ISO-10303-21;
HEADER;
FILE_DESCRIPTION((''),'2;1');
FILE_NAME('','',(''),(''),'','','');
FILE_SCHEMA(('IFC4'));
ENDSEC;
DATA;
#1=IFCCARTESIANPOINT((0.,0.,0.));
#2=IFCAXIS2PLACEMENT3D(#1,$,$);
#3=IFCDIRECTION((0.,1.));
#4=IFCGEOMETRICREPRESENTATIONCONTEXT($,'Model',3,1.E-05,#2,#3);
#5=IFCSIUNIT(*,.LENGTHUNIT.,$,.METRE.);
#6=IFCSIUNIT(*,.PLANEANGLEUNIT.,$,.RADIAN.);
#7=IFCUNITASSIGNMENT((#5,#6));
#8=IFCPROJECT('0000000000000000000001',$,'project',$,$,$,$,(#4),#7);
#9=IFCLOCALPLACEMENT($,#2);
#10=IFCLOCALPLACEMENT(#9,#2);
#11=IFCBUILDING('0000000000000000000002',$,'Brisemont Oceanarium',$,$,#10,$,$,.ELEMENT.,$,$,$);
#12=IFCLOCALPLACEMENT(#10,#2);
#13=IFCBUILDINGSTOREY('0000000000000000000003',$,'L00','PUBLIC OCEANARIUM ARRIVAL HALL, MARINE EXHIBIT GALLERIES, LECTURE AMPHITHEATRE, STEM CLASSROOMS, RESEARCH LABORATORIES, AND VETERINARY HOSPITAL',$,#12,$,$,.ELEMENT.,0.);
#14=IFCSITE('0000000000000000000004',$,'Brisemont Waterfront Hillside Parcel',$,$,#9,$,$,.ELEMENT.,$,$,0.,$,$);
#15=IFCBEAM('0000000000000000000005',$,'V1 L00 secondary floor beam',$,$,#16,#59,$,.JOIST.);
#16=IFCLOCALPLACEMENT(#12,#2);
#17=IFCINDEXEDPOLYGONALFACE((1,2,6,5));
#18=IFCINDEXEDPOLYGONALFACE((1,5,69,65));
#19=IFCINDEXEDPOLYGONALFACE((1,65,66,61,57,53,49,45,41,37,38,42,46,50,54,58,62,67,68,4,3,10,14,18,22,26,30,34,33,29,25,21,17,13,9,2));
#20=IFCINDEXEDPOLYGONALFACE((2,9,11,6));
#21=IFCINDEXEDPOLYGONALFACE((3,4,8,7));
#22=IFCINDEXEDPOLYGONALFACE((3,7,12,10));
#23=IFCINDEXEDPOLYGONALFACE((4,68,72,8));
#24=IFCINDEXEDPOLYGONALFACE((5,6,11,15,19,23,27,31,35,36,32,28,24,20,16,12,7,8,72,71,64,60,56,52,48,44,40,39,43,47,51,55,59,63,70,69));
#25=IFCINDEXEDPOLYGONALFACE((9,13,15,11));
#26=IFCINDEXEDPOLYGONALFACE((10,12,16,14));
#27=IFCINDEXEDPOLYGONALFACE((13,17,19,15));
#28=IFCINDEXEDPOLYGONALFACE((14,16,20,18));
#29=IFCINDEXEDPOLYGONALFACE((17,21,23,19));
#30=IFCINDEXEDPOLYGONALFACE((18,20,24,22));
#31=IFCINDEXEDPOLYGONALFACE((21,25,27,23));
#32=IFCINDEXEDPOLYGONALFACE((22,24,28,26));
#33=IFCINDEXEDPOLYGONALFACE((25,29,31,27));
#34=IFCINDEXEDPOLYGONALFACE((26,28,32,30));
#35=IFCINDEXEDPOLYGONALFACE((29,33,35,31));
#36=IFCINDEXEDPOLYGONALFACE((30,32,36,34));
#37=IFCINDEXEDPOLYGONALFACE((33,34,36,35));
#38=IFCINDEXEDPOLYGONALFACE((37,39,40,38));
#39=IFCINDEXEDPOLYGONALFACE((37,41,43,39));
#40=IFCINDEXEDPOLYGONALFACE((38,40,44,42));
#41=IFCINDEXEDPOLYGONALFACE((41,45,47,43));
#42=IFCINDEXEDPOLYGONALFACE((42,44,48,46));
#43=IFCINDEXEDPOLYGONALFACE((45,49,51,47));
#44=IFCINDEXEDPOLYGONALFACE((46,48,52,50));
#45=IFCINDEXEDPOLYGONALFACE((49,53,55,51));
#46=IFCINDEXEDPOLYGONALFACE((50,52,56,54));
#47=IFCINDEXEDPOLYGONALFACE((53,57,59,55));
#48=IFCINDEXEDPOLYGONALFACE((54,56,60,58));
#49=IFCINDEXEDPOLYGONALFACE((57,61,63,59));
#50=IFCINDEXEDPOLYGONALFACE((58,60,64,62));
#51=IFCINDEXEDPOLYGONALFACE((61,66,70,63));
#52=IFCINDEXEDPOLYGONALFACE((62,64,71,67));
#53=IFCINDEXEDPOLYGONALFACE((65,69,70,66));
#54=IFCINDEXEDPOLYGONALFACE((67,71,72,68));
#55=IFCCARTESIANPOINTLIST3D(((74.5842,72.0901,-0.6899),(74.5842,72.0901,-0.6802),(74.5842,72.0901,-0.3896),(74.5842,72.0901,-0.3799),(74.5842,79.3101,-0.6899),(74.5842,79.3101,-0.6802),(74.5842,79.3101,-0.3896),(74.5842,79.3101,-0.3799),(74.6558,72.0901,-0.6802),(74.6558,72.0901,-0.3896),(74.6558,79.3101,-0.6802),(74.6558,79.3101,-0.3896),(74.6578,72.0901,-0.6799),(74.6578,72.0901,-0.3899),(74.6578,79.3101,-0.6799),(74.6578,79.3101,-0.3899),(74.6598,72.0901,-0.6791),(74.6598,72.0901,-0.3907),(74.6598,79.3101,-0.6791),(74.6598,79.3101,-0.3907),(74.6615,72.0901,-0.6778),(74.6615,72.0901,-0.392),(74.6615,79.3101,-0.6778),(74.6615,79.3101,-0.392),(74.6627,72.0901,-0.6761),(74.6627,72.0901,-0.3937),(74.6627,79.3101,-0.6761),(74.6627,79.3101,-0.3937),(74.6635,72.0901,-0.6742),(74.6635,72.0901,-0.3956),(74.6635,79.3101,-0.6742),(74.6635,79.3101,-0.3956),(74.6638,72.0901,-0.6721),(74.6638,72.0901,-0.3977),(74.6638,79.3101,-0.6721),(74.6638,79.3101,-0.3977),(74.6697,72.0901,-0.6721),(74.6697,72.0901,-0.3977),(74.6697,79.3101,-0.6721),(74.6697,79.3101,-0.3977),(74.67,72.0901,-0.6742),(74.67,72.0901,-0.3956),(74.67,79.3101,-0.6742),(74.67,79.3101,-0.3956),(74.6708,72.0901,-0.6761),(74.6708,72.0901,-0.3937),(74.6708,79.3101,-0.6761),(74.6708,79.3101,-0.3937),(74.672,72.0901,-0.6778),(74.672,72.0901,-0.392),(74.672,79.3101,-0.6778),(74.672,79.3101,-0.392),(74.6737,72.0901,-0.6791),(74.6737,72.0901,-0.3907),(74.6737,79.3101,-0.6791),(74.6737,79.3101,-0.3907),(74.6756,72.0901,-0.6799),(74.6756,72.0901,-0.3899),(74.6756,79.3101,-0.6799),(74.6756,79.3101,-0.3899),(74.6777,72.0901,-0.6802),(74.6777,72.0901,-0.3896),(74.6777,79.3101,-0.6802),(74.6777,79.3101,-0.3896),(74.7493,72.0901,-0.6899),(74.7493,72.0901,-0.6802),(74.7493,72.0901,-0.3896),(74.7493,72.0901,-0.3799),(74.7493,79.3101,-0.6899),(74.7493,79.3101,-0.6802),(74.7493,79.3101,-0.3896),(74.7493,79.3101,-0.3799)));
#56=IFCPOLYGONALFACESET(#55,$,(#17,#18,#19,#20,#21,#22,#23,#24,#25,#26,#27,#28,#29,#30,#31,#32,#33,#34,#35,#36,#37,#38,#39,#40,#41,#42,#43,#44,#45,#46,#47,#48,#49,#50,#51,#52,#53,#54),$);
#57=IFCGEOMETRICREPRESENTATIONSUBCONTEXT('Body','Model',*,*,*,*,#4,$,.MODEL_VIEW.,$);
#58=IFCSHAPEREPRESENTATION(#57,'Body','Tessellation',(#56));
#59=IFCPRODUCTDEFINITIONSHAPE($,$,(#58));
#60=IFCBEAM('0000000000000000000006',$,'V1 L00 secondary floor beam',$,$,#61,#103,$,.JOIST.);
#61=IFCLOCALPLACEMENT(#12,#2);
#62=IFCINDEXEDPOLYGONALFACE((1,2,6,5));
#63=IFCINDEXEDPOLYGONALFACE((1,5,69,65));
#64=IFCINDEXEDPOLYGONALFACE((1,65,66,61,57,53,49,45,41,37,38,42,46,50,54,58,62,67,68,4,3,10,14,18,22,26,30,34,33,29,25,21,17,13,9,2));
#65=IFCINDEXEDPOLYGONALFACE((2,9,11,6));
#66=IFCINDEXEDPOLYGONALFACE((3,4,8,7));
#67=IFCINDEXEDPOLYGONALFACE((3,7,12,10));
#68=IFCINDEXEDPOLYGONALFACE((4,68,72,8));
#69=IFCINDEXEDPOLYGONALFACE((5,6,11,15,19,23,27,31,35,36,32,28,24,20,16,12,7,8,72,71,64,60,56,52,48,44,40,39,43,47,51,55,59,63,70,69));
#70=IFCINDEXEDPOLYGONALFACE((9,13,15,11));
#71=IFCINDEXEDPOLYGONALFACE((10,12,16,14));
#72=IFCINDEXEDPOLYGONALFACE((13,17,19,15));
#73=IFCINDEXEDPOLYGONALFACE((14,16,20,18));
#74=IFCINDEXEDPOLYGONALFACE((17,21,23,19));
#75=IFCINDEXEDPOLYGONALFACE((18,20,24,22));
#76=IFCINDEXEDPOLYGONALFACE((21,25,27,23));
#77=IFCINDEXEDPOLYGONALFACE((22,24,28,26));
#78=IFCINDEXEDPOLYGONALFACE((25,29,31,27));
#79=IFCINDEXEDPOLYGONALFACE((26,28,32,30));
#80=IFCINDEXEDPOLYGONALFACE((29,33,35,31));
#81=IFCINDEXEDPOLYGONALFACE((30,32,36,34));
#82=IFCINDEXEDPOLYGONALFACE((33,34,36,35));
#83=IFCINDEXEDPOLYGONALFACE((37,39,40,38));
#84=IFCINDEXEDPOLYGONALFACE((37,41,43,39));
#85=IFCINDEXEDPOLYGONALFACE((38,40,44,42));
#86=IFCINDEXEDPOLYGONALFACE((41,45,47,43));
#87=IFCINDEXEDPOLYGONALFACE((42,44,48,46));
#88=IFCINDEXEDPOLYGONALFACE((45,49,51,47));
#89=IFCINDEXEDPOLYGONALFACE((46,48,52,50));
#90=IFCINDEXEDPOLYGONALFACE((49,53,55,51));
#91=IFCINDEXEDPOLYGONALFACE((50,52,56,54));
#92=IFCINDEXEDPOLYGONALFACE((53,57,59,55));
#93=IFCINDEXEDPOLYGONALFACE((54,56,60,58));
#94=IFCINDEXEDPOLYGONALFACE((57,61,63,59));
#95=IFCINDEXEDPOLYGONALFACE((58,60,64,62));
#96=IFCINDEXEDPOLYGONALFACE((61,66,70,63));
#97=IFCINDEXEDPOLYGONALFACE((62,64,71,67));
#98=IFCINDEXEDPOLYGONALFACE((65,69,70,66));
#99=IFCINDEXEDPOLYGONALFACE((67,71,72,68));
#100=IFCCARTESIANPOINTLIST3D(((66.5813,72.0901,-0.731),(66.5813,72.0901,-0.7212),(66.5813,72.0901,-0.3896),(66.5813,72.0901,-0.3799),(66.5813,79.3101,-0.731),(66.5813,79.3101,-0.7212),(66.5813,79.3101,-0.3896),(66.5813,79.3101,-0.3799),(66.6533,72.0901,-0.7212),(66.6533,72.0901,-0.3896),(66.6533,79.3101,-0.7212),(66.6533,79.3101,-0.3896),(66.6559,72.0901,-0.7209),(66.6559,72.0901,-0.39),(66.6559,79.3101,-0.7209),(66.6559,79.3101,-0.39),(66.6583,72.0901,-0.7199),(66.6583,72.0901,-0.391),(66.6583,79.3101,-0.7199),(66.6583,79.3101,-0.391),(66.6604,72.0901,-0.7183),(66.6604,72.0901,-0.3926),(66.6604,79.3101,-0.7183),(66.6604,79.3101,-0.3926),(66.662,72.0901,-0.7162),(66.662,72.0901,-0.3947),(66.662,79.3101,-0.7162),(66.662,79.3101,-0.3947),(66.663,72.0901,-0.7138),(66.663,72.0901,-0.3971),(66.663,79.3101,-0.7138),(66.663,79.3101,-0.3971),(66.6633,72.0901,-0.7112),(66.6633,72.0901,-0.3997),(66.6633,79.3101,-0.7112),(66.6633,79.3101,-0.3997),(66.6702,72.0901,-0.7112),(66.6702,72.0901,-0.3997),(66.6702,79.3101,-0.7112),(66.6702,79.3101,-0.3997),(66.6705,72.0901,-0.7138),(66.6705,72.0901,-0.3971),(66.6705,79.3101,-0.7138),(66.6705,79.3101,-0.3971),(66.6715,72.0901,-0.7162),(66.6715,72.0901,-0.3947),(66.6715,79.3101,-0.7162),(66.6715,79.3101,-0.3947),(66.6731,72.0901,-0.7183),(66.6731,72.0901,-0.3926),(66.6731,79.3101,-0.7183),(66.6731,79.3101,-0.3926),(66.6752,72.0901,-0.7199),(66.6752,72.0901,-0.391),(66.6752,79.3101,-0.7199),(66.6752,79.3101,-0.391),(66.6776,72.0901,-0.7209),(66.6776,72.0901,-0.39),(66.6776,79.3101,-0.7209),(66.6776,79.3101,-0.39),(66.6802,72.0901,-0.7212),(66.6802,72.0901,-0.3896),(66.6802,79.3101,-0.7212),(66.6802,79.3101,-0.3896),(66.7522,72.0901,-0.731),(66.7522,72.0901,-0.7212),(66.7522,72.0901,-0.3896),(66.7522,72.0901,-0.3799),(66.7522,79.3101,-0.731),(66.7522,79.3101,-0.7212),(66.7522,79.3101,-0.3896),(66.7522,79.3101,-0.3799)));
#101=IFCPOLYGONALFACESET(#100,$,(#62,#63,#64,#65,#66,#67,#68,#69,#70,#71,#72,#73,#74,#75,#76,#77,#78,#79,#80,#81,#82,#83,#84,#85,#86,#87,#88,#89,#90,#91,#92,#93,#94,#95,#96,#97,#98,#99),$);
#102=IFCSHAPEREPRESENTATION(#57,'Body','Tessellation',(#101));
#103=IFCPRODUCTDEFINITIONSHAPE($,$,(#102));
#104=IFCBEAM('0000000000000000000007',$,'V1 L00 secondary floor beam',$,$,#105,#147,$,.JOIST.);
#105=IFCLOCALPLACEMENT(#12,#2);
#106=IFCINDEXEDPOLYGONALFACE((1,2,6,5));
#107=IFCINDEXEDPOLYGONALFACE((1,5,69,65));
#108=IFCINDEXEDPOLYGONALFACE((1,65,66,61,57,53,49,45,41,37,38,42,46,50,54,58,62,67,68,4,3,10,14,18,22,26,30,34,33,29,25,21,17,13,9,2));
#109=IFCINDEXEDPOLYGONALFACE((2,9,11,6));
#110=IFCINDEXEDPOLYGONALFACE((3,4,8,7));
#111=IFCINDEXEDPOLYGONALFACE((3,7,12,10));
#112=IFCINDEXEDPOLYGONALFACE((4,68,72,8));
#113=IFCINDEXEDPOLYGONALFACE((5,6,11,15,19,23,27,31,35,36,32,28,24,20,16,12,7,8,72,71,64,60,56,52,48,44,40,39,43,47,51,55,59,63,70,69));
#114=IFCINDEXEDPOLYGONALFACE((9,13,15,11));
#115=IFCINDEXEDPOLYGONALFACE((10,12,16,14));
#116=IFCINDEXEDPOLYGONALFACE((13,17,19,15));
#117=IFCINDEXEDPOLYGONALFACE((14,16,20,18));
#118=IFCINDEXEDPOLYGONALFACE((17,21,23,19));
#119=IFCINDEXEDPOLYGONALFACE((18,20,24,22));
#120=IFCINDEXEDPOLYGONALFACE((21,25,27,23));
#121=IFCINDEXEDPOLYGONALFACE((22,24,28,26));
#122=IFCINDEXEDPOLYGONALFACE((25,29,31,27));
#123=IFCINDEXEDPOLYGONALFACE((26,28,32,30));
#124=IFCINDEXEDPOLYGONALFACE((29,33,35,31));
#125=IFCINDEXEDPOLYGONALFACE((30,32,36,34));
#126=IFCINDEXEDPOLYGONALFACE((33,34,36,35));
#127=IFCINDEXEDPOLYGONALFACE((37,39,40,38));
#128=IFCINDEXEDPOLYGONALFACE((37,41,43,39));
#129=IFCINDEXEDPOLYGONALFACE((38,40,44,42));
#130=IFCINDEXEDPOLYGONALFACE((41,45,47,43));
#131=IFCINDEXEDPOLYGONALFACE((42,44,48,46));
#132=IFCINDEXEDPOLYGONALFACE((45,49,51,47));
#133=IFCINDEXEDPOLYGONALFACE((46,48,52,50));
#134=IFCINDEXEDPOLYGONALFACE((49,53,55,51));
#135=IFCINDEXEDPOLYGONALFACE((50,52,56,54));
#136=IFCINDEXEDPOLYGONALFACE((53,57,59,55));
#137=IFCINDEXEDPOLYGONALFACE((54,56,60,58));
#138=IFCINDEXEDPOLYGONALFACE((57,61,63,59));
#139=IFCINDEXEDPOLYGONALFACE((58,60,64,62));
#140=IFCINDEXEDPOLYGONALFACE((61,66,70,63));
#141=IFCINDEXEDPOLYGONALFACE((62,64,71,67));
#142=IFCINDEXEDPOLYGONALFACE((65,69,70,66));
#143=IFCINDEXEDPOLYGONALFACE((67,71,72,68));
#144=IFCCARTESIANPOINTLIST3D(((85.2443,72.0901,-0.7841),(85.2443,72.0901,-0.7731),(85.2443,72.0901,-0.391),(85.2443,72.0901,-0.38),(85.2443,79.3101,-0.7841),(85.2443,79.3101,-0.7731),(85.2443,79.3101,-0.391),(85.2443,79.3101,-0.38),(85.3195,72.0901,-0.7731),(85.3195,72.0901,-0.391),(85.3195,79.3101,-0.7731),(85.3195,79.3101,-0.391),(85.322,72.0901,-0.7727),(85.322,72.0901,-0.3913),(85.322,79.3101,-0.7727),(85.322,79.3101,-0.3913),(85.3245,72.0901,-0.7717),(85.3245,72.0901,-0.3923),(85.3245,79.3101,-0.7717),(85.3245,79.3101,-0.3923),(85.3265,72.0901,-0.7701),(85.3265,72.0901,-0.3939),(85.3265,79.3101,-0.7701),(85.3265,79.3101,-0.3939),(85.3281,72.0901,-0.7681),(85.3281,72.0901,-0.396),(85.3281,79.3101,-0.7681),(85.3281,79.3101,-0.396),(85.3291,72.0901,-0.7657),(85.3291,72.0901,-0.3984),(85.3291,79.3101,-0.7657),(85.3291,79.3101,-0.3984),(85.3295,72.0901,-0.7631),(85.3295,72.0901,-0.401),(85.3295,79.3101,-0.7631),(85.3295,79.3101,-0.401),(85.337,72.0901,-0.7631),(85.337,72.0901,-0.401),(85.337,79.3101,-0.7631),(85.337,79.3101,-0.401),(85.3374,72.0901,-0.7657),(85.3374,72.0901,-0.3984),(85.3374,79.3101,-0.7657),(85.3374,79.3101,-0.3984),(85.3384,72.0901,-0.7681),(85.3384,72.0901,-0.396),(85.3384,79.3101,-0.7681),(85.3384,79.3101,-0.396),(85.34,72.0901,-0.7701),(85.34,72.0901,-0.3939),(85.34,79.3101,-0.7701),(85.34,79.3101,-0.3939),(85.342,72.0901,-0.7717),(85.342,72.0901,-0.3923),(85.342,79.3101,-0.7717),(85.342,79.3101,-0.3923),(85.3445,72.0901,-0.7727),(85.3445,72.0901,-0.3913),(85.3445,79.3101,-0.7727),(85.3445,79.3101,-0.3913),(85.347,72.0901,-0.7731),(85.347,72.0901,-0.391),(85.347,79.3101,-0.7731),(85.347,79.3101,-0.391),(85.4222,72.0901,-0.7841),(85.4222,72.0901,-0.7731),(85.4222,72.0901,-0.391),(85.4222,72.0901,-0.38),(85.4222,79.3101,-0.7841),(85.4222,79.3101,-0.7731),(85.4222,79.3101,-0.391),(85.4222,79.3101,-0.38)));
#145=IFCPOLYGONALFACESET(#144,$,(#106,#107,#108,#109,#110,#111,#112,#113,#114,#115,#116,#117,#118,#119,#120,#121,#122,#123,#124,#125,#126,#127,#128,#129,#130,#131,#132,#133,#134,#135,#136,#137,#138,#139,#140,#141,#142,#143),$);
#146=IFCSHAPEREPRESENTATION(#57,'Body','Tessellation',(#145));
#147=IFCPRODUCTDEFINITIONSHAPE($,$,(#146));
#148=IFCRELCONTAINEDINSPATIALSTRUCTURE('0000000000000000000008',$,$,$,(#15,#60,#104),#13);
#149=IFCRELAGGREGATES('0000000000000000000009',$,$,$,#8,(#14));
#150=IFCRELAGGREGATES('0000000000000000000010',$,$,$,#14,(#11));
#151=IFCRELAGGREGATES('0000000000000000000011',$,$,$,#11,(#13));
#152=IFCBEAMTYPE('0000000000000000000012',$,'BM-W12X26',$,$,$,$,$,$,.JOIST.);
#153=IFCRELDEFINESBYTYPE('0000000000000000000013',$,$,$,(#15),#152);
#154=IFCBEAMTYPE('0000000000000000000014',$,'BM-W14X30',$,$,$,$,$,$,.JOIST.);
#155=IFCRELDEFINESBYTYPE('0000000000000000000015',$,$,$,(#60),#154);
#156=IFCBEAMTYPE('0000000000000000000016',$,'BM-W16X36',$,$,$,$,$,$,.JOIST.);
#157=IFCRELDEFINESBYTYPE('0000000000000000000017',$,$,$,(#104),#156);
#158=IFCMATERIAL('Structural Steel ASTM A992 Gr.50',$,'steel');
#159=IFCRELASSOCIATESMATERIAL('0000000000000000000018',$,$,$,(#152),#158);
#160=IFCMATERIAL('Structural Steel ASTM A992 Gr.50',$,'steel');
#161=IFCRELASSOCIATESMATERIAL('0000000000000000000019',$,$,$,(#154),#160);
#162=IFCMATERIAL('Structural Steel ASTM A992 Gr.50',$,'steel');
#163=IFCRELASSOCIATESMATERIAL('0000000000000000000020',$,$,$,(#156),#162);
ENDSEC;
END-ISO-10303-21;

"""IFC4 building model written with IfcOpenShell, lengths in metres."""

from ifc_helpers import new_model, si_unit, direction, frame, origin, origin_2d, place, context, subcontext, project, spatial, i_section, extrude, material, material_profile, profile_set, type_object, element, save


model = new_model("IFC4")

# Units and contexts
model_context = context("Model", 3, precision=1e-05, world=origin(), true_north=direction((0.0, 1.0)))
body_context = subcontext(model_context, "Body", "Model", "MODEL_VIEW")
ifc_project = project(units=[si_unit("LENGTHUNIT", "METRE"), si_unit("PLANEANGLEUNIT", "RADIAN")], contexts=[model_context])

# Site, building, storey
site_placement = place(None, origin())
site = spatial("IfcSite", under=ifc_project, at=site_placement, Name="Brisemont Waterfront Hillside Parcel", CompositionType="ELEMENT", RefElevation=0.0)
building_placement = place(site_placement, origin())
building = spatial("IfcBuilding", under=site, at=building_placement, Name="Brisemont Oceanarium", CompositionType="ELEMENT")
storey_placement = place(building_placement, origin())
storey = spatial("IfcBuildingStorey", under=building, at=storey_placement, Name="L00", Description="PUBLIC OCEANARIUM ARRIVAL HALL, MARINE EXHIBIT GALLERIES, LECTURE AMPHITHEATRE, STEM CLASSROOMS, RESEARCH LABORATORIES, AND VETERINARY HOSPITAL", CompositionType="ELEMENT", Elevation=0.0)

# Beams
ifc_material_1 = material(Name="Structural Steel ASTM A992 Gr.50", Category="steel")
ifc_material_profile_1 = material_profile(ifc_material_1, i_section(OverallWidth=0.165, OverallDepth=0.3101, WebThickness=0.0059, FlangeThickness=0.0098, FilletRadius=0.0081, at=origin_2d()), Name="W12X26")
ifc_profile_set_1 = profile_set([ifc_material_profile_1], Name="Structural Steel ASTM A992 Gr.50")
beam_type_1 = type_object("IfcBeamType", Name="BM-W12X26", PredefinedType="JOIST", material=ifc_profile_set_1)
for number, where, z_axis, x_axis, name in (
    (1, (74.6667, 72.0901, -0.5349), (0.0, 1.0, 0.0), (-1.0, 0.0, 0.0), "V1 L00 secondary floor beam"),
):
    element("IfcBeam", number, at=place(storey_placement, frame(where, z_axis=z_axis, x_axis=x_axis)), inside=storey, type_object=beam_type_1, Name=name, PredefinedType="JOIST", context=body_context, shape_type="SweptSolid", body=[
        extrude(i_section(OverallWidth=0.165, OverallDepth=0.3101, WebThickness=0.0059, FlangeThickness=0.0098, FilletRadius=0.0081, at=origin_2d()), origin(), (0.0, 0.0, 1.0), 7.22),
    ])
ifc_material_2 = material(Name="Structural Steel ASTM A992 Gr.50", Category="steel")
ifc_material_profile_2 = material_profile(ifc_material_2, i_section(OverallWidth=0.1709, OverallDepth=0.3511, WebThickness=0.0068, FlangeThickness=0.0098, FilletRadius=0.01, at=origin_2d()), Name="W14X30")
ifc_profile_set_2 = profile_set([ifc_material_profile_2], Name="Structural Steel ASTM A992 Gr.50")
beam_type_2 = type_object("IfcBeamType", Name="BM-W14X30", PredefinedType="JOIST", material=ifc_profile_set_2)
beam_1_placement = place(storey_placement, frame((66.6667, 72.0901, -0.5554), z_axis=(0.0, 1.0, 0.0), x_axis=(-1.0, 0.0, 0.0)))
element("IfcBeam", 2, at=beam_1_placement, inside=storey, type_object=beam_type_2, Name="V1 L00 secondary floor beam", PredefinedType="JOIST", context=body_context, shape_type="SweptSolid", body=[
    extrude(i_section(OverallWidth=0.1709, OverallDepth=0.3511, WebThickness=0.0068, FlangeThickness=0.0098, FilletRadius=0.01, at=origin_2d()), origin(), (0.0, 0.0, 1.0), 7.22),
])
ifc_material_3 = material(Name="Structural Steel ASTM A992 Gr.50", Category="steel")
ifc_material_profile_3 = material_profile(ifc_material_3, i_section(OverallWidth=0.178, OverallDepth=0.4041, WebThickness=0.0076, FlangeThickness=0.011, FilletRadius=0.01, at=origin_2d()), Name="W16X36")
ifc_profile_set_3 = profile_set([ifc_material_profile_3], Name="Structural Steel ASTM A992 Gr.50")
beam_type_3 = type_object("IfcBeamType", Name="BM-W16X36", PredefinedType="JOIST", material=ifc_profile_set_3)
beam_2_placement = place(storey_placement, frame((85.3333, 72.0901, -0.582), z_axis=(0.0, 1.0, 0.0), x_axis=(-1.0, 0.0, 0.0)))
element("IfcBeam", 3, at=beam_2_placement, inside=storey, type_object=beam_type_3, Name="V1 L00 secondary floor beam", PredefinedType="JOIST", context=body_context, shape_type="SweptSolid", body=[
    extrude(i_section(OverallWidth=0.178, OverallDepth=0.4041, WebThickness=0.0076, FlangeThickness=0.011, FilletRadius=0.01, at=origin_2d()), origin(), (0.0, 0.0, 1.0), 7.22),
])

save(model, "model.ifc")
